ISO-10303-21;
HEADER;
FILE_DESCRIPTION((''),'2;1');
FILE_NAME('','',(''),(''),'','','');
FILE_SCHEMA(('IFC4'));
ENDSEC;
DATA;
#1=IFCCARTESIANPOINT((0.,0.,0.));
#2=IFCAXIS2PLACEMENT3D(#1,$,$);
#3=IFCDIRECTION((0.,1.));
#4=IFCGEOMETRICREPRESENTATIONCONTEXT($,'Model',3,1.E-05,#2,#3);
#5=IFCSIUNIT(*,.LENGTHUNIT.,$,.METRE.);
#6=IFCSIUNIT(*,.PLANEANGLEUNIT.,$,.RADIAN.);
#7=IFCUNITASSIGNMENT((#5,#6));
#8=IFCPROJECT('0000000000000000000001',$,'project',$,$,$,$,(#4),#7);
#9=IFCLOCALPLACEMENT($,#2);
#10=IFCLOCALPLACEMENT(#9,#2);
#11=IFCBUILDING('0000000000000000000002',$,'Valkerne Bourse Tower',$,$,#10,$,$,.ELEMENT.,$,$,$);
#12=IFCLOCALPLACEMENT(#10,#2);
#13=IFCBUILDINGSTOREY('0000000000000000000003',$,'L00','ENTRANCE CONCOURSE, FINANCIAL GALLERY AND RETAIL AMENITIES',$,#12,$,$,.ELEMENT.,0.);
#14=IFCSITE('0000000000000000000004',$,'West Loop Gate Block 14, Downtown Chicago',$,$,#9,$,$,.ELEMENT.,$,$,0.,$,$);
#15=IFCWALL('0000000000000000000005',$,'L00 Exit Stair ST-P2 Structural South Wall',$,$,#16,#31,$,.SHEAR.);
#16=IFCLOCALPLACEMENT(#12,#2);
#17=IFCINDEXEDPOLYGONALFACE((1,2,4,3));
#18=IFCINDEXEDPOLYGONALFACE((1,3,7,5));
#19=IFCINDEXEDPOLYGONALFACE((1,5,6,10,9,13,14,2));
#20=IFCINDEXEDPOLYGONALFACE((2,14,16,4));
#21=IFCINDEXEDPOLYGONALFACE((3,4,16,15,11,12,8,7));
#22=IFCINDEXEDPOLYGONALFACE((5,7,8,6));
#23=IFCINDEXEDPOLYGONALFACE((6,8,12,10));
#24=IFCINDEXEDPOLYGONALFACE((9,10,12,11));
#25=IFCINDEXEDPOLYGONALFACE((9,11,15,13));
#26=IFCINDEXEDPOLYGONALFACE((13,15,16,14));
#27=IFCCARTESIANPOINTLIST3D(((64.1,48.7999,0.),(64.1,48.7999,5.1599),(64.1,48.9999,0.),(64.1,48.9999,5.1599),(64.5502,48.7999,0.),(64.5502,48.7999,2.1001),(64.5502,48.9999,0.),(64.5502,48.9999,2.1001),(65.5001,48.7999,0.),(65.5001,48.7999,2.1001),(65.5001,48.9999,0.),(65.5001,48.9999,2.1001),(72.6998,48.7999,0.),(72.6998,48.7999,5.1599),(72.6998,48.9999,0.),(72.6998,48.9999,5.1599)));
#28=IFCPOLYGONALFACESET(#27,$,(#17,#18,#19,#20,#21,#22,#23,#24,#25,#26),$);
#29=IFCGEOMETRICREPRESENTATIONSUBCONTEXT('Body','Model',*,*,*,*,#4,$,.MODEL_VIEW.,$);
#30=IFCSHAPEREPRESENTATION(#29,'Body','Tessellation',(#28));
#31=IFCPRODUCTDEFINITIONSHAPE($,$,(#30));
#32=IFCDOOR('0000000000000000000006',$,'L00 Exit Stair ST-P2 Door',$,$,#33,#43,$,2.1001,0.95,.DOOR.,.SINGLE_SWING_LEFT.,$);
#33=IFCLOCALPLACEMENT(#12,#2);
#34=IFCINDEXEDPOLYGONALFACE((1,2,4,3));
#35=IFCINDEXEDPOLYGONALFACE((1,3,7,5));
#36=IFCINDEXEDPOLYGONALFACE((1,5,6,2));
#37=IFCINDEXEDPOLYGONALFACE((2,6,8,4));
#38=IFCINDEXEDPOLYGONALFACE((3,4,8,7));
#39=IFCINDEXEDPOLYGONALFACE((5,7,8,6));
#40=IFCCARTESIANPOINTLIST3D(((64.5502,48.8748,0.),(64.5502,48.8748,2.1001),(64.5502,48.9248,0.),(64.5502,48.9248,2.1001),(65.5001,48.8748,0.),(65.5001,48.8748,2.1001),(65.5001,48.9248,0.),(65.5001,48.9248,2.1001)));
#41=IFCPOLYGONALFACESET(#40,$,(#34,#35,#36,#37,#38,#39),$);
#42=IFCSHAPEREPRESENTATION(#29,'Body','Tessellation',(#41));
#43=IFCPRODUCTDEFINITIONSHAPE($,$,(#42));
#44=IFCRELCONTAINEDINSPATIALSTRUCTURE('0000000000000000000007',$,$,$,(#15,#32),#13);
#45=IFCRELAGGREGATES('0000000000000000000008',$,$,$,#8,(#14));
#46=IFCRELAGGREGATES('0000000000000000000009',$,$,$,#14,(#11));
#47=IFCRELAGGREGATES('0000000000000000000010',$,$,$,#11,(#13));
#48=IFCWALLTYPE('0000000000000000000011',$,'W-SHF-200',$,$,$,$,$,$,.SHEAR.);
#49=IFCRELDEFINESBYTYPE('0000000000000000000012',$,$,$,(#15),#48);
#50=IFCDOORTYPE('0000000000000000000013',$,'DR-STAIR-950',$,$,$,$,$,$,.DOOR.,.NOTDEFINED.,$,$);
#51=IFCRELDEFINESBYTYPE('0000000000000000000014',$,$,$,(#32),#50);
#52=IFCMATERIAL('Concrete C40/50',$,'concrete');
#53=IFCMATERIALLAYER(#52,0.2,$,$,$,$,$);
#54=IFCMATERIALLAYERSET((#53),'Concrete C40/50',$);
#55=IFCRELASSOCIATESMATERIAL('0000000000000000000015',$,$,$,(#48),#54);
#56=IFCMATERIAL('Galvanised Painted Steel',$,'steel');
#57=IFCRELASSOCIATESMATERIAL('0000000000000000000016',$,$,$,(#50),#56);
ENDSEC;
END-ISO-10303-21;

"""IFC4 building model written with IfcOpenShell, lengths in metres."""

from ifc_helpers import new_model, si_unit, direction, frame, frame_2d, origin, place, context, subcontext, project, spatial, rectangle, extrude, material, layer, layer_set, type_object, element, fill, save


model = new_model("IFC4")

# Units and contexts
model_context = context("Model", 3, precision=1e-05, world=origin(), true_north=direction((0.0, 1.0)))
body_context = subcontext(model_context, "Body", "Model", "MODEL_VIEW")
ifc_project = project(units=[si_unit("LENGTHUNIT", "METRE"), si_unit("PLANEANGLEUNIT", "RADIAN")], contexts=[model_context])

# Site, building, storey
site_placement = place(None, origin())
site = spatial("IfcSite", under=ifc_project, at=site_placement, Name="West Loop Gate Block 14, Downtown Chicago", CompositionType="ELEMENT", RefElevation=0.0)
building_placement = place(site_placement, origin())
building = spatial("IfcBuilding", under=site, at=building_placement, Name="Valkerne Bourse Tower", CompositionType="ELEMENT")
storey_placement = place(building_placement, origin())
storey = spatial("IfcBuildingStorey", under=building, at=storey_placement, Name="L00", Description="ENTRANCE CONCOURSE, FINANCIAL GALLERY AND RETAIL AMENITIES", CompositionType="ELEMENT", Elevation=0.0)

# Shared definitions
ifc_material_1 = material(Name="Galvanised Painted Steel", Category="steel")

# Wall, opening, door
ifc_material_2 = material(Name="Concrete C40/50", Category="concrete")
ifc_layer_1 = layer(ifc_material_2, 0.2)
ifc_layer_set_1 = layer_set([ifc_layer_1], Name="Concrete C40/50")
wall_type_1 = type_object("IfcWallType", Name="W-SHF-200", PredefinedType="SHEAR", material=ifc_layer_set_1)
wall_1_placement = place(storey_placement, frame((64.1001, 48.8999, 0.0), z_axis=(0.0, 0.0, 1.0), x_axis=(1.0, 0.0, 0.0)))
wall_1 = element("IfcWall", 1, at=wall_1_placement, inside=storey, type_object=wall_type_1, Name="L00 Exit Stair ST-P2 Structural South Wall", PredefinedType="SHEAR", context=body_context, shape_type="SweptSolid", body=[
    extrude(rectangle(XDim=8.5999, YDim=0.2, at=frame_2d((4.2998, 0.0))), origin(), (0.0, 0.0, 1.0), 5.1599),
])
opening_1_placement = place(wall_1_placement, frame((0.45, 0.0, 0.0)))
opening_1 = element("IfcOpeningElement", 2, at=opening_1_placement, cuts=wall_1, PredefinedType="OPENING", context=body_context, shape_type="SweptSolid", body=[
    extrude(rectangle(XDim=0.95, YDim=2.1001, at=frame_2d((0.4751, 1.05))), frame((0.0, 0.1099, 0.0), z_axis=(0.0, -1.0, 0.0), x_axis=(1.0, 0.0, 0.0)), (0.0, 0.0, 1.0), 0.22),
])
door_type_1 = type_object("IfcDoorType", Name="DR-STAIR-950", OperationType="NOTDEFINED", PredefinedType="DOOR", material=ifc_material_1)
door_1_placement = place(opening_1_placement, origin())
door_1 = element("IfcDoor", 3, at=door_1_placement, inside=storey, type_object=door_type_1, Name="L00 Exit Stair ST-P2 Door", OperationType="SINGLE_SWING_LEFT", OverallHeight=2.1001, OverallWidth=0.95, PredefinedType="DOOR", context=body_context, shape_type="SweptSolid", body=[
    extrude(rectangle(XDim=0.95, YDim=2.1001, at=frame_2d((0.4751, 1.05))), frame((0.0, 0.0249, 0.0), z_axis=(0.0, -1.0, 0.0), x_axis=(1.0, 0.0, 0.0)), (0.0, 0.0, 1.0), 0.05),
])
fill(opening_1, door_1)

save(model, "model.ifc")
